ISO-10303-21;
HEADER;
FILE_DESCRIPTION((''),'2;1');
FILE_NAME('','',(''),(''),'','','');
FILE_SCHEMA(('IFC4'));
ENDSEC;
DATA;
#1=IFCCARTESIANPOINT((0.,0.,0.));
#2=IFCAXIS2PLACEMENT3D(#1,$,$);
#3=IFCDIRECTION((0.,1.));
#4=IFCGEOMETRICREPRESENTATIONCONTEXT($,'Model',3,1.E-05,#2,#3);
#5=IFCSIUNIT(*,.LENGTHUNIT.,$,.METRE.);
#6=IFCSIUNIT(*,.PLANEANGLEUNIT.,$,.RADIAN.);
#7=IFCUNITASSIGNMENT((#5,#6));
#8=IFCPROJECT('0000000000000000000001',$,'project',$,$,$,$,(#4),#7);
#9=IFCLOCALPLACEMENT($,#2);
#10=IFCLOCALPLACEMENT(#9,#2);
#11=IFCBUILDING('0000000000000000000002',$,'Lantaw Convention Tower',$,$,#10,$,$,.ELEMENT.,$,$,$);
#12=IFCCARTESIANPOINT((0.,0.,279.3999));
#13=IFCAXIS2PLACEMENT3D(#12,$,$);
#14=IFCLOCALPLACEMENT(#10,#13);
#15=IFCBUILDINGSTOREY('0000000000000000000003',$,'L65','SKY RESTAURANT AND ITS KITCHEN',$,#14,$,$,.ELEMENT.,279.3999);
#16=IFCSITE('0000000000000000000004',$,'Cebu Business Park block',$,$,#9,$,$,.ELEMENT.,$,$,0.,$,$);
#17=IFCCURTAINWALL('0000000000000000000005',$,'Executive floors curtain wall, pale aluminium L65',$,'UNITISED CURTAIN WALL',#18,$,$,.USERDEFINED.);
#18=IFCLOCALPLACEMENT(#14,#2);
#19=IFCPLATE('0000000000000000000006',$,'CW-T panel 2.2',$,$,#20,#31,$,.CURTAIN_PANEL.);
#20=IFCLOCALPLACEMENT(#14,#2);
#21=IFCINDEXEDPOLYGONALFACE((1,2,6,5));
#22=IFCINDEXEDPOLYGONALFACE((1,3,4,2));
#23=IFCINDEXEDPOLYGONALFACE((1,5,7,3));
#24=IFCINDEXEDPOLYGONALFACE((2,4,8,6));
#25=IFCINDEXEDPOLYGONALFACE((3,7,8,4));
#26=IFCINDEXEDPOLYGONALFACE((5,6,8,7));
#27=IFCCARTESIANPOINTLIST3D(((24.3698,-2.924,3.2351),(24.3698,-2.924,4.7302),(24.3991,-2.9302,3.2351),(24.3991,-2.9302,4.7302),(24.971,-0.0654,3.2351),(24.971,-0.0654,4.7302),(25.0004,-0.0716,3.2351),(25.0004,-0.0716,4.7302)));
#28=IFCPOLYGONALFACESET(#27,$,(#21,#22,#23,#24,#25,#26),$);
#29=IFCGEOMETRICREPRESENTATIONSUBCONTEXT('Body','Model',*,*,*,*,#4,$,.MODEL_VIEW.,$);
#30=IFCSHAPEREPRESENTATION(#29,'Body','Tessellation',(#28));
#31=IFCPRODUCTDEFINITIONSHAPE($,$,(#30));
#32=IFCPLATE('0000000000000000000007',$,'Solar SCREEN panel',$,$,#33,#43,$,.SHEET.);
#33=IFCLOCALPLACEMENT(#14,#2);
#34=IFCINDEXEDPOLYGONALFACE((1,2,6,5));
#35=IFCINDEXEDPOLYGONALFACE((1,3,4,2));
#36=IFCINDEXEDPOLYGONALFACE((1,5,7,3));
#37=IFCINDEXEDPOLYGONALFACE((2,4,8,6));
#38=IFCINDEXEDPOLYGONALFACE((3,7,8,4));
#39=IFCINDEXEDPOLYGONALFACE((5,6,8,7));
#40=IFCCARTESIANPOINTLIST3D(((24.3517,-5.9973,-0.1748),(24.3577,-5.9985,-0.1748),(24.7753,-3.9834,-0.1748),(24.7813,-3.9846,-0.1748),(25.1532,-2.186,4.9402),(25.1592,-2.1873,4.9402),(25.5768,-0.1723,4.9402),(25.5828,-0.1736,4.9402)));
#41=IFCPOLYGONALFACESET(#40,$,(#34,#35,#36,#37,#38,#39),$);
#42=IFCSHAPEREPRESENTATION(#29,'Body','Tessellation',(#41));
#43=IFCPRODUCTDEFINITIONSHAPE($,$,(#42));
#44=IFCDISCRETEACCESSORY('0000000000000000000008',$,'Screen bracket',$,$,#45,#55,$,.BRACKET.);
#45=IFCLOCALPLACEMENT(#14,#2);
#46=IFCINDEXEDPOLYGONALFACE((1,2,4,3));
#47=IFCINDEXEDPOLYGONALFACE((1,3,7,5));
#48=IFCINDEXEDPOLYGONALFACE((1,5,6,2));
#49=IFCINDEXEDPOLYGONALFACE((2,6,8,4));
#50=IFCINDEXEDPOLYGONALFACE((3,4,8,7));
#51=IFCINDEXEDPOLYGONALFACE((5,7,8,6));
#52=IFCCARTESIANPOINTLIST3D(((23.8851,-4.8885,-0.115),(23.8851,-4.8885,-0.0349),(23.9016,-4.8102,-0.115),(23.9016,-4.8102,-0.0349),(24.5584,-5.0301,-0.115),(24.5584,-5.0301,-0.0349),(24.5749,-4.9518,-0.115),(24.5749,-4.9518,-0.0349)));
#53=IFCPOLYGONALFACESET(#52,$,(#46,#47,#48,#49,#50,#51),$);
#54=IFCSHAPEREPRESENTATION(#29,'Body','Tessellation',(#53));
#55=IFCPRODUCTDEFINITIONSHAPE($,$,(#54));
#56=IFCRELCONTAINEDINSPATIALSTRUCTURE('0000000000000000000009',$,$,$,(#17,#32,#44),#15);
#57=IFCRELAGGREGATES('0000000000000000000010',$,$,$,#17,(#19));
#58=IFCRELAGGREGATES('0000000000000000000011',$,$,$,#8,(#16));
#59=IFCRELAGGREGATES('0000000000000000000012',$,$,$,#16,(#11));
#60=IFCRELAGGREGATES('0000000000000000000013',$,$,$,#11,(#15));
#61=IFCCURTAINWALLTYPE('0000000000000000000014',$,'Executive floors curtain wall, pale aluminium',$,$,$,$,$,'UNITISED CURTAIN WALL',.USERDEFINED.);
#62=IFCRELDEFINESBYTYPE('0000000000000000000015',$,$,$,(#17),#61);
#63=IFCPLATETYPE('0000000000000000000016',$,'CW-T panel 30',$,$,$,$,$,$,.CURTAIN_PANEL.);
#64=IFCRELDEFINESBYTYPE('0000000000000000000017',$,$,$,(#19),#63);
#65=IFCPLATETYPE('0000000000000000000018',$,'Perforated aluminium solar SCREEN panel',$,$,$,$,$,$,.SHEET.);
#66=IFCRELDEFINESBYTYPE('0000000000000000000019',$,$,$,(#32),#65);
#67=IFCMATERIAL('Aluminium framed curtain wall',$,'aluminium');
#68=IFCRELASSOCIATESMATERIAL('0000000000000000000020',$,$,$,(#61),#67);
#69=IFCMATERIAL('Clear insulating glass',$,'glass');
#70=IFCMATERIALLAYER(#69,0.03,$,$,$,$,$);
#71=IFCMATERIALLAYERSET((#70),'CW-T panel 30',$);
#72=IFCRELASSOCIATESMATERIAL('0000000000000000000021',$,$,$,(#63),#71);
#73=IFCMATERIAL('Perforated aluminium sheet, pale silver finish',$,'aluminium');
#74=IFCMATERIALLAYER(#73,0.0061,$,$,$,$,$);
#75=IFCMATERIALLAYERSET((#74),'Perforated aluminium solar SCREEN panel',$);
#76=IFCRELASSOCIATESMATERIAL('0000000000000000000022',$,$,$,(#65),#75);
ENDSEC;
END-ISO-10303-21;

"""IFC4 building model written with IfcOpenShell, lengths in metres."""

from ifc_helpers import new_model, si_unit, direction, frame, origin, origin_2d, place, context, subcontext, project, spatial, polyline, rectangle, outline, extrude, material, layer, layer_set, type_object, element, aggregate, save


model = new_model("IFC4")

# Units and contexts
model_context = context("Model", 3, precision=1e-05, world=origin(), true_north=direction((0.0, 1.0)))
body_context = subcontext(model_context, "Body", "Model", "MODEL_VIEW")
ifc_project = project(units=[si_unit("LENGTHUNIT", "METRE"), si_unit("PLANEANGLEUNIT", "RADIAN")], contexts=[model_context])

# Site, building, storey
site_placement = place(None, origin())
site = spatial("IfcSite", under=ifc_project, at=site_placement, Name="Cebu Business Park block", CompositionType="ELEMENT", RefElevation=0.0)
building_placement = place(site_placement, origin())
building = spatial("IfcBuilding", under=site, at=building_placement, Name="Lantaw Convention Tower", CompositionType="ELEMENT")
storey_placement = place(building_placement, frame((0.0, 0.0, 279.3999)))
storey = spatial("IfcBuildingStorey", under=building, at=storey_placement, Name="L65", Description="SKY RESTAURANT AND ITS KITCHEN", CompositionType="ELEMENT", Elevation=279.3999)

# Curtain wall
ifc_material_1 = material(Name="Aluminium framed curtain wall", Category="aluminium")
curtain_wall_type = type_object("IfcCurtainWallType", Name="Executive floors curtain wall, pale aluminium", ElementType="UNITISED CURTAIN WALL", PredefinedType="USERDEFINED", material=ifc_material_1)
curtain_wall_1_placement = place(storey_placement, origin())
curtain_wall_1 = element("IfcCurtainWall", 1, at=curtain_wall_1_placement, inside=storey, type_object=curtain_wall_type, Name="Executive floors curtain wall, pale aluminium L65", ObjectType="UNITISED CURTAIN WALL", PredefinedType="USERDEFINED")

# Plates
ifc_material_2 = material(Name="Clear insulating glass", Category="glass")
ifc_layer_1 = layer(ifc_material_2, 0.03)
ifc_layer_set_1 = layer_set([ifc_layer_1], Name="CW-T panel 30")
plate_type_1 = type_object("IfcPlateType", Name="CW-T panel 30", PredefinedType="CURTAIN_PANEL", material=ifc_layer_set_1)
plate_1_placement = place(storey_placement, frame((24.6851, -1.4978, 3.2351), z_axis=(0.0, 0.0, 1.0), x_axis=(0.205814, 0.978591, 0.0)))
plate_1 = element("IfcPlate", 2, at=plate_1_placement, type_object=plate_type_1, Name="CW-T panel 2.2", PredefinedType="CURTAIN_PANEL", context=body_context, shape_type="SweptSolid", body=[
    extrude(rectangle(XDim=2.9211, YDim=0.03, at=origin_2d()), origin(), (0.0, 0.0, 1.0), 1.4951),
])
aggregate(curtain_wall_1, [plate_1])
ifc_material_3 = material(Name="Perforated aluminium sheet, pale silver finish", Category="aluminium")
ifc_layer_2 = layer(ifc_material_3, 0.0061)
ifc_layer_set_2 = layer_set([ifc_layer_2], Name="Perforated aluminium solar SCREEN panel")
plate_type_2 = type_object("IfcPlateType", Name="Perforated aluminium solar SCREEN panel", PredefinedType="SHEET", material=ifc_layer_set_2)
plate_2_placement = place(storey_placement, frame((24.3577, -5.9985, -0.1748), z_axis=(0.978586, -0.205837, 0.000025), x_axis=(0.205837, 0.978586, 0.0)))
element("IfcPlate", 3, at=plate_2_placement, inside=storey, type_object=plate_type_2, Name="Solar SCREEN panel", PredefinedType="SHEET", context=body_context, shape_type="SweptSolid", body=[
    extrude(outline(polyline([(0.0, 0.0), (2.058, 0.0), (5.9524, 5.115), (3.8946, 5.115), (0.0, 0.0)])), origin(), (0.0, 0.0, -1.0), 0.0061),
])

# Discrete accessory
discrete_accessory_placement = place(storey_placement, frame((24.23, -4.9202, -0.115), z_axis=(0.0, 0.0, 1.0), x_axis=(0.205814, 0.978591, 0.0)))
element("IfcDiscreteAccessory", 4, at=discrete_accessory_placement, inside=storey, Name="Screen bracket", PredefinedType="BRACKET", context=body_context, shape_type="SweptSolid", body=[
    extrude(rectangle(XDim=0.0801, YDim=0.688, at=origin_2d()), origin(), (0.0, 0.0, 1.0), 0.0801),
])

save(model, "model.ifc")
